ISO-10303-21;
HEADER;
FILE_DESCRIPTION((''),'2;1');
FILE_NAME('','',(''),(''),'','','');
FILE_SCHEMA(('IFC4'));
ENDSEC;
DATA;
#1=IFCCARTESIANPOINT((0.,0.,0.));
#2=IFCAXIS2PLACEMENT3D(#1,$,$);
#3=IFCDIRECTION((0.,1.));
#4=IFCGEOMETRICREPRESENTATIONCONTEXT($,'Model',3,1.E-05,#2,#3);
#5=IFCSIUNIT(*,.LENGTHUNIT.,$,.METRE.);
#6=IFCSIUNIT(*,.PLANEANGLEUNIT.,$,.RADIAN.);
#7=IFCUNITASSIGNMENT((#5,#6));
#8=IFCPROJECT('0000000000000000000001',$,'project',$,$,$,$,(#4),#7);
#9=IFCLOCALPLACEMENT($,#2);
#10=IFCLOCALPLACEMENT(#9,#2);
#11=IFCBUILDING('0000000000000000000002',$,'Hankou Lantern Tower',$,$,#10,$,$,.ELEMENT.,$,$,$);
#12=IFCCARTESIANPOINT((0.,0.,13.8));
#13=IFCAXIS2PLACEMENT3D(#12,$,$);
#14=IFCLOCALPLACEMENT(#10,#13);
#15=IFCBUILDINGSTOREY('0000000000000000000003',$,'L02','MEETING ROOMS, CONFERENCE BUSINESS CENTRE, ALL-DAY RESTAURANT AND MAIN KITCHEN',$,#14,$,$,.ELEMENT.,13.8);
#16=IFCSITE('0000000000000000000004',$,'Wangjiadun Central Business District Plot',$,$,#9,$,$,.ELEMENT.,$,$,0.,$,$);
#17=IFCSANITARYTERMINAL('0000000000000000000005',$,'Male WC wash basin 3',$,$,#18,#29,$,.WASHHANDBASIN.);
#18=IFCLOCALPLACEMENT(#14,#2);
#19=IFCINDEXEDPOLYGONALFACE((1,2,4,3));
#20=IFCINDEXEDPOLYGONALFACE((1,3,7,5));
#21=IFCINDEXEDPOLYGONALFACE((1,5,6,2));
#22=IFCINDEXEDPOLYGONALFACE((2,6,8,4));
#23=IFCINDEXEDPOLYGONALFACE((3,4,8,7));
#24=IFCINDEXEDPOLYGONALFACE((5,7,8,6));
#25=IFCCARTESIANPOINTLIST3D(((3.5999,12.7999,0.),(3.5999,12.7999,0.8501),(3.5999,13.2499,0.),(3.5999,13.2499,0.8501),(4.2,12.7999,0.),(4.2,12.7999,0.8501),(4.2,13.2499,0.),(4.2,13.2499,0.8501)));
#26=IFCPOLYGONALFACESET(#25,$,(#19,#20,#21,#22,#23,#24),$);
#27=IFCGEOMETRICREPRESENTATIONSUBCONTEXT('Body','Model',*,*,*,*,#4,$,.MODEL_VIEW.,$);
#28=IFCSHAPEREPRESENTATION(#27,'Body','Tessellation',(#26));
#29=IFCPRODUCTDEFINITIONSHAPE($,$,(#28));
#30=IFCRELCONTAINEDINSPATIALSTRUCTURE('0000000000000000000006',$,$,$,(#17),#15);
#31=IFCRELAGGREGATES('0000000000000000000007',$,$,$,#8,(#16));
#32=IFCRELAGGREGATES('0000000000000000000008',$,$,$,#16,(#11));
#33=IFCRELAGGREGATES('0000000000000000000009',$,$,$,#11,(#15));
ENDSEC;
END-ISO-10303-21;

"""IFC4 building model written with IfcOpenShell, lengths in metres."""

from ifc_helpers import new_model, si_unit, direction, frame, origin, origin_2d, place, context, subcontext, project, spatial, rectangle, extrude, element, save


model = new_model("IFC4")

# Units and contexts
model_context = context("Model", 3, precision=1e-05, world=origin(), true_north=direction((0.0, 1.0)))
body_context = subcontext(model_context, "Body", "Model", "MODEL_VIEW")
ifc_project = project(units=[si_unit("LENGTHUNIT", "METRE"), si_unit("PLANEANGLEUNIT", "RADIAN")], contexts=[model_context])

# Site, building, storey
site_placement = place(None, origin())
site = spatial("IfcSite", under=ifc_project, at=site_placement, Name="Wangjiadun Central Business District Plot", CompositionType="ELEMENT", RefElevation=0.0)
building_placement = place(site_placement, origin())
building = spatial("IfcBuilding", under=site, at=building_placement, Name="Hankou Lantern Tower", CompositionType="ELEMENT")
storey_placement = place(building_placement, frame((0.0, 0.0, 13.8)))
storey = spatial("IfcBuildingStorey", under=building, at=storey_placement, Name="L02", Description="MEETING ROOMS, CONFERENCE BUSINESS CENTRE, ALL-DAY RESTAURANT AND MAIN KITCHEN", CompositionType="ELEMENT", Elevation=13.8)

# Sanitary terminal
for number, where, z_axis, x_axis, name in (
    (1, (3.8999, 13.0249, 0.0), (0.0, 0.0, 1.0), (1.0, 0.0, 0.0), "Male WC wash basin 3"),
):
    element("IfcSanitaryTerminal", number, at=place(storey_placement, frame(where, z_axis=z_axis, x_axis=x_axis)), inside=storey, Name=name, PredefinedType="WASHHANDBASIN", context=body_context, shape_type="SweptSolid", body=[
        extrude(rectangle(XDim=0.6001, YDim=0.45, at=origin_2d()), origin(), (0.0, 0.0, 1.0), 0.8501),
    ])

save(model, "model.ifc")
